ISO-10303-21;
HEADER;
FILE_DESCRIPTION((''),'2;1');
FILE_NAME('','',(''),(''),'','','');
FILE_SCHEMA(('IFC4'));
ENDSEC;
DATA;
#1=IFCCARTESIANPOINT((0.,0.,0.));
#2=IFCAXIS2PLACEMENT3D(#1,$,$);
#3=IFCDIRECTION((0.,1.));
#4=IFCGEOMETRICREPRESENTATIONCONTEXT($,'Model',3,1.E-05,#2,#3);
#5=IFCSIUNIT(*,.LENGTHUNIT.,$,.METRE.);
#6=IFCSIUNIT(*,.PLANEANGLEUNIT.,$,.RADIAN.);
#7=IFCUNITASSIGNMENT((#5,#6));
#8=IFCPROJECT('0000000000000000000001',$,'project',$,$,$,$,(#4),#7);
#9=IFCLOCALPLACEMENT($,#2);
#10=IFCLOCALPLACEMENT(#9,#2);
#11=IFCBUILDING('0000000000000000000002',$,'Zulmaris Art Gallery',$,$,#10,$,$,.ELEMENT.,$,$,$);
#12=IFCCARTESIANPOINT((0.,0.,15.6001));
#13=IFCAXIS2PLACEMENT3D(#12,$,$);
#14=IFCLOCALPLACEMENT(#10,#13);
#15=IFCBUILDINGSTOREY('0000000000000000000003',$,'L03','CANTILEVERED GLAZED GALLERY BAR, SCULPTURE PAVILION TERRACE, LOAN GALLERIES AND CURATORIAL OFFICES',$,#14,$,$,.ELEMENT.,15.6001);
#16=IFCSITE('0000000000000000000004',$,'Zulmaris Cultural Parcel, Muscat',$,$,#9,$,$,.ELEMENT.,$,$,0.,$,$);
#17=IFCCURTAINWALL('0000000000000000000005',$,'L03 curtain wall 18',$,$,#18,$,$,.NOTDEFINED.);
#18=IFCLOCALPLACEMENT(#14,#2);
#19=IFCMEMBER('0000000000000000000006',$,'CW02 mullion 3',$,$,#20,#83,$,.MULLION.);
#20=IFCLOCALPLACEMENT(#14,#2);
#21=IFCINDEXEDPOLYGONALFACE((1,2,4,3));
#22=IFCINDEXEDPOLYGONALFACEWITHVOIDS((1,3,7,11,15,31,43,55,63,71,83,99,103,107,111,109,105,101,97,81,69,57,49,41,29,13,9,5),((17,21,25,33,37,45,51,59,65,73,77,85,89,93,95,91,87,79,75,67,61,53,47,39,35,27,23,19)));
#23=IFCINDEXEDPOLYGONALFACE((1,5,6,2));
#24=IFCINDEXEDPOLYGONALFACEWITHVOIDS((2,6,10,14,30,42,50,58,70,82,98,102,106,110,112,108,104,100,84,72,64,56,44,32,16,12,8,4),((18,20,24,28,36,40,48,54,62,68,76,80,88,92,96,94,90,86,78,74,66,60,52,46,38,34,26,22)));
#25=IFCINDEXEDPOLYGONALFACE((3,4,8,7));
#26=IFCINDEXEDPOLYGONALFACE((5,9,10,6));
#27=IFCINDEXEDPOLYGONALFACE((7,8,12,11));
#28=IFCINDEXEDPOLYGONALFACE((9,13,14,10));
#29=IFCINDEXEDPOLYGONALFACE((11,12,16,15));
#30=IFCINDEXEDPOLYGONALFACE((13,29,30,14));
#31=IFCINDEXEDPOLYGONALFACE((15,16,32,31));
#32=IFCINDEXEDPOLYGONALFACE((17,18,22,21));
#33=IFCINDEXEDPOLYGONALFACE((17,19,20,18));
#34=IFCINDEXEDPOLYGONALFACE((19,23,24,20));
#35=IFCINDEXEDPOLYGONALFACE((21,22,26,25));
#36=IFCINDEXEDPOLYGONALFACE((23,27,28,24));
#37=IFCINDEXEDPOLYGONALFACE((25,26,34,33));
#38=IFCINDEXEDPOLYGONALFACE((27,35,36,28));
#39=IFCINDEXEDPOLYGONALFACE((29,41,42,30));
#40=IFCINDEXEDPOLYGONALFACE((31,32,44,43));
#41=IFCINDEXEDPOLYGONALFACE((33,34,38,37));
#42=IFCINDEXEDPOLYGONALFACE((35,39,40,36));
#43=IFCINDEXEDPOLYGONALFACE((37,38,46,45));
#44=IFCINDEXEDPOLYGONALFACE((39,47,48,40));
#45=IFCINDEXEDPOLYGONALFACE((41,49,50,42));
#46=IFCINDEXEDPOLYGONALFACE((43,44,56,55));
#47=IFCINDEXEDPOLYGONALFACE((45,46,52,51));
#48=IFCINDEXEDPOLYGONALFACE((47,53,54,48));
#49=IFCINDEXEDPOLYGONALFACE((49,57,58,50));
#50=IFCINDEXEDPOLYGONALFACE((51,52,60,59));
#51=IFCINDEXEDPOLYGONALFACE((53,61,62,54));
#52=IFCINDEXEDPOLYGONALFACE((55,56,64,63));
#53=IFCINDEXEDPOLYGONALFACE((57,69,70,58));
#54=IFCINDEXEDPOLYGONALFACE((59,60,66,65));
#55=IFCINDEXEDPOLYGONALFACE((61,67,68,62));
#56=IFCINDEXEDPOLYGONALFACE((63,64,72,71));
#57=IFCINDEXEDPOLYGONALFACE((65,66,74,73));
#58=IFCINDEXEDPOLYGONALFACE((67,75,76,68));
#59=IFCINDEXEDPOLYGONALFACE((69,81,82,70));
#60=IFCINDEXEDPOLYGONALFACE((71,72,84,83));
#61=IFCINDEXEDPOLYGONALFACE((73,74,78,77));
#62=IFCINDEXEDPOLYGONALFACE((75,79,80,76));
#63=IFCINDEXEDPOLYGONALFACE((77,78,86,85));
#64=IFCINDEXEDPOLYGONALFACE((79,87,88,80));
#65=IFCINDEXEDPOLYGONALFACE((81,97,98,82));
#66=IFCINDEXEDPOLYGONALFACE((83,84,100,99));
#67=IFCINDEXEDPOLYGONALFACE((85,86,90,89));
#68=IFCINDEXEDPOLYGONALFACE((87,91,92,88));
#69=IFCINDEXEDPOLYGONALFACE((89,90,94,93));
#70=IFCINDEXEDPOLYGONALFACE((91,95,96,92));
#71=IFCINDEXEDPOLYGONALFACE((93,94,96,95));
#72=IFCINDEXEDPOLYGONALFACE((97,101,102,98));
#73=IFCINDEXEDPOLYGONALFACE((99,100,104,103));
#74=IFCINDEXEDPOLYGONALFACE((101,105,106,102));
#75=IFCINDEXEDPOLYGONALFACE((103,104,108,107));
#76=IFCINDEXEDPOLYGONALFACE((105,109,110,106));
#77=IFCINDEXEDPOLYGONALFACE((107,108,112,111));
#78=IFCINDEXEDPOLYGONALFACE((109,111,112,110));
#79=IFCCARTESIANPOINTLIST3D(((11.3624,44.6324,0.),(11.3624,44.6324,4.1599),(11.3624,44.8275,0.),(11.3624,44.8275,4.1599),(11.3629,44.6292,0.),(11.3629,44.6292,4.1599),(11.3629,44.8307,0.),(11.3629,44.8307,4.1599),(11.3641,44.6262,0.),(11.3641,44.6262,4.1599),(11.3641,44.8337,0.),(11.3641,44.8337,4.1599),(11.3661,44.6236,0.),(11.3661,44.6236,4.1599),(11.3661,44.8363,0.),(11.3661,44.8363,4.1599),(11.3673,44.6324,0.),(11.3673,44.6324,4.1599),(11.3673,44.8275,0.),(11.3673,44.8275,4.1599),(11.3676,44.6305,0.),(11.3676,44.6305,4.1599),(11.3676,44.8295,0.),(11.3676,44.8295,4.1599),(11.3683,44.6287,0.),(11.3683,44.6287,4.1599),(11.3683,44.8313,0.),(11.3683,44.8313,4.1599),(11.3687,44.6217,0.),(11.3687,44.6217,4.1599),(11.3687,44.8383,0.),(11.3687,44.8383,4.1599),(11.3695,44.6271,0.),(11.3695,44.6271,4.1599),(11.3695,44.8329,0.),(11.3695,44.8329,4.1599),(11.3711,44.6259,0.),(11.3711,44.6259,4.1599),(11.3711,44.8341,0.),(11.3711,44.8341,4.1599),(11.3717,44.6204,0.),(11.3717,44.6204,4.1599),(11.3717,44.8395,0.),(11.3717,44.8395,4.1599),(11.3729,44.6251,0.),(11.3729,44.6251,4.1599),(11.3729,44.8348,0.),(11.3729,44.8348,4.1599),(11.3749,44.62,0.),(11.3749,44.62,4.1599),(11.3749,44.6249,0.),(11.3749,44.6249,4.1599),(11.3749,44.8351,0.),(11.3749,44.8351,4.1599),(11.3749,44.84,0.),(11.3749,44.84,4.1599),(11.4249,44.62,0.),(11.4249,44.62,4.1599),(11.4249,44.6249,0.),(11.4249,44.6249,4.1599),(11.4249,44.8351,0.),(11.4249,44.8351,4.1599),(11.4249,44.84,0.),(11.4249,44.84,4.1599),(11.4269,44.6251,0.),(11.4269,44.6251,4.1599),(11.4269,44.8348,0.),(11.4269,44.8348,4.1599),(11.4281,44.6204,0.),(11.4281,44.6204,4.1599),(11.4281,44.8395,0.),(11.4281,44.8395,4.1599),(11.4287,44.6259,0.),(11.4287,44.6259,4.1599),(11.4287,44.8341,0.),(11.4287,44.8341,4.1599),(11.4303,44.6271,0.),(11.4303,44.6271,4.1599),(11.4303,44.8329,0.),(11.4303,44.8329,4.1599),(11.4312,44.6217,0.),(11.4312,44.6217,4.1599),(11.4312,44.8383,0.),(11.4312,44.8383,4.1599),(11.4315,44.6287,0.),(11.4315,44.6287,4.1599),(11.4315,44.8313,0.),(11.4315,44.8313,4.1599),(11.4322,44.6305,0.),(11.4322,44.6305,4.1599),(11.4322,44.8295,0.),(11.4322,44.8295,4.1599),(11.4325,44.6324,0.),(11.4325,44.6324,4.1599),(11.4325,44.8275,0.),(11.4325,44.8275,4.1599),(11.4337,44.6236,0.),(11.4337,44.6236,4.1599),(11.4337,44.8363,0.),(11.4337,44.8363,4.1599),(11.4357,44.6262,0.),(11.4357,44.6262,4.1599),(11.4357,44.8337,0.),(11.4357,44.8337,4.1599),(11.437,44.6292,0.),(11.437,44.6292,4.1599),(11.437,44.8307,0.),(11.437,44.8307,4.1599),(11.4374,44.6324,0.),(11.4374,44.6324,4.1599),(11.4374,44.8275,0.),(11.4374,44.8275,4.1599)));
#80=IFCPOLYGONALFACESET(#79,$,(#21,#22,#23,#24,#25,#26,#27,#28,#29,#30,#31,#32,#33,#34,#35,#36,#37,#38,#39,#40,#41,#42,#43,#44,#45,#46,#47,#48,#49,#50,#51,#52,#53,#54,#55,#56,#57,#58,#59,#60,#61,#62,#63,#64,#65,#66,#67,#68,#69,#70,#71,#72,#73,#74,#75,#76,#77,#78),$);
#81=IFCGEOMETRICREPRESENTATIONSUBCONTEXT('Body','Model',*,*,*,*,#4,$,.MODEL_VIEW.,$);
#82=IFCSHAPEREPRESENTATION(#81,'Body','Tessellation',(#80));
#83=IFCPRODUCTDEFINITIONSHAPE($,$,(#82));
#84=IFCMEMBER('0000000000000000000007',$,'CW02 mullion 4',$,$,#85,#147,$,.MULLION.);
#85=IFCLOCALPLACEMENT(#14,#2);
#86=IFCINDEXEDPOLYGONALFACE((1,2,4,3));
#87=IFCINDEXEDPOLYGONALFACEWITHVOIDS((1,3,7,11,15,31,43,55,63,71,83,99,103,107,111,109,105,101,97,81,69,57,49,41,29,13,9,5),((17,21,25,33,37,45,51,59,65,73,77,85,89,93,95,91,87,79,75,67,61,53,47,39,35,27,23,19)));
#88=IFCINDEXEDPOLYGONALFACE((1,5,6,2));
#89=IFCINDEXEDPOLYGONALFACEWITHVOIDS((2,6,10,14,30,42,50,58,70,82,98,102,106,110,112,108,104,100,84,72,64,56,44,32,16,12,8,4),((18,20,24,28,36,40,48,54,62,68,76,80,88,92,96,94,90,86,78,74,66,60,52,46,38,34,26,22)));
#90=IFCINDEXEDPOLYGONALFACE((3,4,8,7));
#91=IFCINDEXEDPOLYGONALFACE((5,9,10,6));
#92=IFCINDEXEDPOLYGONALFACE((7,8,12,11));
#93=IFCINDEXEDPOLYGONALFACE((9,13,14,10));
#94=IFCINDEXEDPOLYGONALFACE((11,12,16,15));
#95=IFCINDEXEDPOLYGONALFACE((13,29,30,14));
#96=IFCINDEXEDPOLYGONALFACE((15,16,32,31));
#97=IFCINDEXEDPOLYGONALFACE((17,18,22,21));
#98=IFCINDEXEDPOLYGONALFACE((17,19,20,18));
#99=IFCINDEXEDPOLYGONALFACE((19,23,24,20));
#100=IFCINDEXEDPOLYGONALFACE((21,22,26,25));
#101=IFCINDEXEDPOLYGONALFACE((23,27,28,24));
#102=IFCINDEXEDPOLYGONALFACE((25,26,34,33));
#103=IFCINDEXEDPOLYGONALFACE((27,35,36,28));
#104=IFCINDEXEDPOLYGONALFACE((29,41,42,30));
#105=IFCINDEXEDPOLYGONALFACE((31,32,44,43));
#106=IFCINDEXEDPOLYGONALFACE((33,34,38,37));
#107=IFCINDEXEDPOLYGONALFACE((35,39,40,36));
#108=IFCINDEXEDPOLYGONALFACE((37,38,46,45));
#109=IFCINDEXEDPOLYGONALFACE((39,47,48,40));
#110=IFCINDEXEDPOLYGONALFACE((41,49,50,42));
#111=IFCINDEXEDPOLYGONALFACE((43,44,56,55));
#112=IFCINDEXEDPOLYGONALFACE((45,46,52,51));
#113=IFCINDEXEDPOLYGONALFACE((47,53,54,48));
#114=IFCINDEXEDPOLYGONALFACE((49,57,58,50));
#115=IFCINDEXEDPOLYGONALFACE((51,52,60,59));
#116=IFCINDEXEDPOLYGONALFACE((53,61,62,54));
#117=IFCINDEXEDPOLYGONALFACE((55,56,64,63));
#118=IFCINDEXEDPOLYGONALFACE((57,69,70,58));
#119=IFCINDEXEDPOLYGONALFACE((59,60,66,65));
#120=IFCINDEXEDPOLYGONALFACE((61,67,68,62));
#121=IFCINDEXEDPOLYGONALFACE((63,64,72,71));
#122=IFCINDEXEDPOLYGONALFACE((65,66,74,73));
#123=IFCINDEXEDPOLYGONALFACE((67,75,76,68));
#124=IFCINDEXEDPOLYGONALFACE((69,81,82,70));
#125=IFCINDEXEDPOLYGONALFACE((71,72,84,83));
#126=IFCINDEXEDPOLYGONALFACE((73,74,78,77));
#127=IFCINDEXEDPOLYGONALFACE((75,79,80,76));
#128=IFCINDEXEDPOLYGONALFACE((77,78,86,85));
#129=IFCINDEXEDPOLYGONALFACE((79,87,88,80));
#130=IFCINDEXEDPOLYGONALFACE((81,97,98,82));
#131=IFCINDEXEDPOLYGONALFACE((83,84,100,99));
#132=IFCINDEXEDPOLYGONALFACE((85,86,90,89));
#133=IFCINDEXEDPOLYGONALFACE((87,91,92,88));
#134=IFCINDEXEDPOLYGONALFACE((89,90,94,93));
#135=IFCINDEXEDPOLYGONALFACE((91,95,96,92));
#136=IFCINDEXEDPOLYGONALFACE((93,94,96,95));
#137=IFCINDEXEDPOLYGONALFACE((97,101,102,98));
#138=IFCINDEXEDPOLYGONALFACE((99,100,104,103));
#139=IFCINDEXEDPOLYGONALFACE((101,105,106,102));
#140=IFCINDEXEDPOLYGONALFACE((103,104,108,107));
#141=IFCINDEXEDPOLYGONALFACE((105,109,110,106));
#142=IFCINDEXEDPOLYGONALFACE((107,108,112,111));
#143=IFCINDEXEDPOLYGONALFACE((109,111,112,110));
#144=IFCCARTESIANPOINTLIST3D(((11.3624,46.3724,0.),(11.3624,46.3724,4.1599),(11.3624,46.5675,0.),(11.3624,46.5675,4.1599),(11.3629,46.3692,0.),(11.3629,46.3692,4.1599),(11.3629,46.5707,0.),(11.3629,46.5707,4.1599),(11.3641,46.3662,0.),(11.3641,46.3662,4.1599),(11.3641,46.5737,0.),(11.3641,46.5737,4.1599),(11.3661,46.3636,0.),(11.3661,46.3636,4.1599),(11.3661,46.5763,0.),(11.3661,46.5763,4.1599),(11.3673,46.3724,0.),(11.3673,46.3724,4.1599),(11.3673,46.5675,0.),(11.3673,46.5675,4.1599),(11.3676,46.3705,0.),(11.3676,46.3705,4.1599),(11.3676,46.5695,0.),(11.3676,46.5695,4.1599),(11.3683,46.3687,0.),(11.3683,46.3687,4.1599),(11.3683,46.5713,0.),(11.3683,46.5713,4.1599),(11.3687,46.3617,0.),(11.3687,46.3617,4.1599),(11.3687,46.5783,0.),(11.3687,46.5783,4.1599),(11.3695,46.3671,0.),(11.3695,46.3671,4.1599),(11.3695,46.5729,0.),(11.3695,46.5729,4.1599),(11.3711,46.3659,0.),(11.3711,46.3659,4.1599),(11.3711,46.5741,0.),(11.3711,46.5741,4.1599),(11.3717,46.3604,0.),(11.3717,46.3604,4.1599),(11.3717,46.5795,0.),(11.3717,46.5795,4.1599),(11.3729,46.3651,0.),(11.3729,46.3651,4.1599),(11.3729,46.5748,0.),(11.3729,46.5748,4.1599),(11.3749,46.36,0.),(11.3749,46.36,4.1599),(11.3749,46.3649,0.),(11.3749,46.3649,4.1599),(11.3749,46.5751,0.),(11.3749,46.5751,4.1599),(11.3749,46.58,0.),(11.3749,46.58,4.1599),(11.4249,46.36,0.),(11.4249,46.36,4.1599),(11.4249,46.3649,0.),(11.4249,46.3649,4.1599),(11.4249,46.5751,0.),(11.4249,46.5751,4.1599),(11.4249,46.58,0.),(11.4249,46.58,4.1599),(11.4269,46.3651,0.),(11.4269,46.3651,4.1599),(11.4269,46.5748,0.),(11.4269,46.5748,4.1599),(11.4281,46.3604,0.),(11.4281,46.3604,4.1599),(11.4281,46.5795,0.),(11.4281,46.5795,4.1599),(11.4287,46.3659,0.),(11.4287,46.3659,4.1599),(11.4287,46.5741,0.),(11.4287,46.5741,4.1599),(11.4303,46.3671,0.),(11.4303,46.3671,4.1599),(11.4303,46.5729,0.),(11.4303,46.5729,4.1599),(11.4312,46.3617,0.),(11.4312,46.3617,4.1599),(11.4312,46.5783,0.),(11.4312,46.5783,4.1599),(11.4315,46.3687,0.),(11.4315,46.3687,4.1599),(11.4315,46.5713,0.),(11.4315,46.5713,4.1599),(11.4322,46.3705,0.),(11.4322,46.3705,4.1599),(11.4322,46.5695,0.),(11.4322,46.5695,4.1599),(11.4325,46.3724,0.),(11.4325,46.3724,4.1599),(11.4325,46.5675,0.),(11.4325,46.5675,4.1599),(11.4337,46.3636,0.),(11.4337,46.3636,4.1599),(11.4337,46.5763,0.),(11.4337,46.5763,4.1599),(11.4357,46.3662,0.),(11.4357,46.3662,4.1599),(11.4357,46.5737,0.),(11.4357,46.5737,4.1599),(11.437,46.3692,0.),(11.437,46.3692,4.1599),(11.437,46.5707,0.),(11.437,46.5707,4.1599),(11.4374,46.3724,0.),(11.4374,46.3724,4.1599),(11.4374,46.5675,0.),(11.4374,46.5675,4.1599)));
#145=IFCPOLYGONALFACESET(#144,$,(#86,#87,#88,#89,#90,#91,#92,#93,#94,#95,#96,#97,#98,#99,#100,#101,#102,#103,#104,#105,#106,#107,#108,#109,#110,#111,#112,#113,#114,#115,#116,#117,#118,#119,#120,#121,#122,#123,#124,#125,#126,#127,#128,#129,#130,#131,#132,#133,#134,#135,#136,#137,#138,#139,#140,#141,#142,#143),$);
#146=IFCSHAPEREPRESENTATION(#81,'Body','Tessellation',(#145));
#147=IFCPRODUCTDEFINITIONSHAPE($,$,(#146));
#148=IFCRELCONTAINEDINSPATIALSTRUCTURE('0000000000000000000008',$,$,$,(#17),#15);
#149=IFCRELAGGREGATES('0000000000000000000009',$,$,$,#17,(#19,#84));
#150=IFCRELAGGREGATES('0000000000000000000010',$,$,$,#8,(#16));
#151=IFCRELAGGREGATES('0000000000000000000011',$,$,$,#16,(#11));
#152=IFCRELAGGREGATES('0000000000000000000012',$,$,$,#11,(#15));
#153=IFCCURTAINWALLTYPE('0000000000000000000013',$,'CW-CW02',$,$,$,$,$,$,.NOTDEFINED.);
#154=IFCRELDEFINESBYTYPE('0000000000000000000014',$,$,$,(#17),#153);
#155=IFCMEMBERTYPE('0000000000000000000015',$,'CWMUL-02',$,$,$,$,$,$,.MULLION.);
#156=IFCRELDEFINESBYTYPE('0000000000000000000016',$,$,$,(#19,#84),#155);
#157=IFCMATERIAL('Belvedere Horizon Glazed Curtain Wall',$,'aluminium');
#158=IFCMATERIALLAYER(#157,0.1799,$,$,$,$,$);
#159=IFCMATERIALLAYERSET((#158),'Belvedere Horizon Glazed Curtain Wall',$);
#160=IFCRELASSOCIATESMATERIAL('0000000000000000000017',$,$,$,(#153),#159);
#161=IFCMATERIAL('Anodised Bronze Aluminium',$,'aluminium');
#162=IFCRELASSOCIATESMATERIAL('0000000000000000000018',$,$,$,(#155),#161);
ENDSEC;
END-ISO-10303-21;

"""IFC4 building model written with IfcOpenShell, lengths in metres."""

from ifc_helpers import new_model, si_unit, direction, frame, origin, origin_2d, place, context, subcontext, project, spatial, hollow_rectangle, extrude, material, layer, layer_set, material_profile, profile_set, type_object, element, aggregate, save


model = new_model("IFC4")

# Units and contexts
model_context = context("Model", 3, precision=1e-05, world=origin(), true_north=direction((0.0, 1.0)))
body_context = subcontext(model_context, "Body", "Model", "MODEL_VIEW")
ifc_project = project(units=[si_unit("LENGTHUNIT", "METRE"), si_unit("PLANEANGLEUNIT", "RADIAN")], contexts=[model_context])

# Site, building, storey
site_placement = place(None, origin())
site = spatial("IfcSite", under=ifc_project, at=site_placement, Name="Zulmaris Cultural Parcel, Muscat", CompositionType="ELEMENT", RefElevation=0.0)
building_placement = place(site_placement, origin())
building = spatial("IfcBuilding", under=site, at=building_placement, Name="Zulmaris Art Gallery", CompositionType="ELEMENT")
storey_placement = place(building_placement, frame((0.0, 0.0, 15.6001)))
storey = spatial("IfcBuildingStorey", under=building, at=storey_placement, Name="L03", Description="CANTILEVERED GLAZED GALLERY BAR, SCULPTURE PAVILION TERRACE, LOAN GALLERIES AND CURATORIAL OFFICES", CompositionType="ELEMENT", Elevation=15.6001)

# Curtain wall, members
ifc_material_1 = material(Name="Belvedere Horizon Glazed Curtain Wall", Category="aluminium")
ifc_layer_1 = layer(ifc_material_1, 0.1799)
ifc_layer_set_1 = layer_set([ifc_layer_1], Name="Belvedere Horizon Glazed Curtain Wall")
curtain_wall_type = type_object("IfcCurtainWallType", Name="CW-CW02", PredefinedType="NOTDEFINED", material=ifc_layer_set_1)
curtain_wall_placement = place(storey_placement, origin())
curtain_wall = element("IfcCurtainWall", 1, at=curtain_wall_placement, inside=storey, type_object=curtain_wall_type, Name="L03 curtain wall 18", PredefinedType="NOTDEFINED")
ifc_material_2 = material(Name="Anodised Bronze Aluminium", Category="aluminium")
ifc_material_profile_1 = material_profile(ifc_material_2, hollow_rectangle(XDim=0.075, YDim=0.22, WallThickness=0.0049, InnerFilletRadius=0.0076, OuterFilletRadius=0.0125, at=origin_2d()), Name="ALU 75x220x5")
ifc_profile_set_1 = profile_set([ifc_material_profile_1], Name="Anodised Bronze Aluminium")
member_type_1 = type_object("IfcMemberType", Name="CWMUL-02", PredefinedType="MULLION", material=ifc_profile_set_1)
member_1_placement = place(storey_placement, frame((11.3999, 44.73, 0.0), z_axis=(0.0, 0.0, 1.0), x_axis=(-1.0, 0.0, 0.0)))
member_1 = element("IfcMember", 2, at=member_1_placement, type_object=member_type_1, Name="CW02 mullion 3", PredefinedType="MULLION", context=body_context, shape_type="SweptSolid", body=[
    extrude(hollow_rectangle(XDim=0.075, YDim=0.22, WallThickness=0.0049, InnerFilletRadius=0.0076, OuterFilletRadius=0.0125, at=origin_2d()), origin(), (0.0, 0.0, 1.0), 4.1599),
])
member_2_placement = place(storey_placement, frame((11.3999, 46.47, 0.0), z_axis=(0.0, 0.0, 1.0), x_axis=(-1.0, 0.0, 0.0)))
member_2 = element("IfcMember", 3, at=member_2_placement, type_object=member_type_1, Name="CW02 mullion 4", PredefinedType="MULLION", context=body_context, shape_type="SweptSolid", body=[
    extrude(hollow_rectangle(XDim=0.075, YDim=0.22, WallThickness=0.0049, InnerFilletRadius=0.0076, OuterFilletRadius=0.0125, at=origin_2d()), origin(), (0.0, 0.0, 1.0), 4.1599),
])
aggregate(curtain_wall, [member_1, member_2])

save(model, "model.ifc")
